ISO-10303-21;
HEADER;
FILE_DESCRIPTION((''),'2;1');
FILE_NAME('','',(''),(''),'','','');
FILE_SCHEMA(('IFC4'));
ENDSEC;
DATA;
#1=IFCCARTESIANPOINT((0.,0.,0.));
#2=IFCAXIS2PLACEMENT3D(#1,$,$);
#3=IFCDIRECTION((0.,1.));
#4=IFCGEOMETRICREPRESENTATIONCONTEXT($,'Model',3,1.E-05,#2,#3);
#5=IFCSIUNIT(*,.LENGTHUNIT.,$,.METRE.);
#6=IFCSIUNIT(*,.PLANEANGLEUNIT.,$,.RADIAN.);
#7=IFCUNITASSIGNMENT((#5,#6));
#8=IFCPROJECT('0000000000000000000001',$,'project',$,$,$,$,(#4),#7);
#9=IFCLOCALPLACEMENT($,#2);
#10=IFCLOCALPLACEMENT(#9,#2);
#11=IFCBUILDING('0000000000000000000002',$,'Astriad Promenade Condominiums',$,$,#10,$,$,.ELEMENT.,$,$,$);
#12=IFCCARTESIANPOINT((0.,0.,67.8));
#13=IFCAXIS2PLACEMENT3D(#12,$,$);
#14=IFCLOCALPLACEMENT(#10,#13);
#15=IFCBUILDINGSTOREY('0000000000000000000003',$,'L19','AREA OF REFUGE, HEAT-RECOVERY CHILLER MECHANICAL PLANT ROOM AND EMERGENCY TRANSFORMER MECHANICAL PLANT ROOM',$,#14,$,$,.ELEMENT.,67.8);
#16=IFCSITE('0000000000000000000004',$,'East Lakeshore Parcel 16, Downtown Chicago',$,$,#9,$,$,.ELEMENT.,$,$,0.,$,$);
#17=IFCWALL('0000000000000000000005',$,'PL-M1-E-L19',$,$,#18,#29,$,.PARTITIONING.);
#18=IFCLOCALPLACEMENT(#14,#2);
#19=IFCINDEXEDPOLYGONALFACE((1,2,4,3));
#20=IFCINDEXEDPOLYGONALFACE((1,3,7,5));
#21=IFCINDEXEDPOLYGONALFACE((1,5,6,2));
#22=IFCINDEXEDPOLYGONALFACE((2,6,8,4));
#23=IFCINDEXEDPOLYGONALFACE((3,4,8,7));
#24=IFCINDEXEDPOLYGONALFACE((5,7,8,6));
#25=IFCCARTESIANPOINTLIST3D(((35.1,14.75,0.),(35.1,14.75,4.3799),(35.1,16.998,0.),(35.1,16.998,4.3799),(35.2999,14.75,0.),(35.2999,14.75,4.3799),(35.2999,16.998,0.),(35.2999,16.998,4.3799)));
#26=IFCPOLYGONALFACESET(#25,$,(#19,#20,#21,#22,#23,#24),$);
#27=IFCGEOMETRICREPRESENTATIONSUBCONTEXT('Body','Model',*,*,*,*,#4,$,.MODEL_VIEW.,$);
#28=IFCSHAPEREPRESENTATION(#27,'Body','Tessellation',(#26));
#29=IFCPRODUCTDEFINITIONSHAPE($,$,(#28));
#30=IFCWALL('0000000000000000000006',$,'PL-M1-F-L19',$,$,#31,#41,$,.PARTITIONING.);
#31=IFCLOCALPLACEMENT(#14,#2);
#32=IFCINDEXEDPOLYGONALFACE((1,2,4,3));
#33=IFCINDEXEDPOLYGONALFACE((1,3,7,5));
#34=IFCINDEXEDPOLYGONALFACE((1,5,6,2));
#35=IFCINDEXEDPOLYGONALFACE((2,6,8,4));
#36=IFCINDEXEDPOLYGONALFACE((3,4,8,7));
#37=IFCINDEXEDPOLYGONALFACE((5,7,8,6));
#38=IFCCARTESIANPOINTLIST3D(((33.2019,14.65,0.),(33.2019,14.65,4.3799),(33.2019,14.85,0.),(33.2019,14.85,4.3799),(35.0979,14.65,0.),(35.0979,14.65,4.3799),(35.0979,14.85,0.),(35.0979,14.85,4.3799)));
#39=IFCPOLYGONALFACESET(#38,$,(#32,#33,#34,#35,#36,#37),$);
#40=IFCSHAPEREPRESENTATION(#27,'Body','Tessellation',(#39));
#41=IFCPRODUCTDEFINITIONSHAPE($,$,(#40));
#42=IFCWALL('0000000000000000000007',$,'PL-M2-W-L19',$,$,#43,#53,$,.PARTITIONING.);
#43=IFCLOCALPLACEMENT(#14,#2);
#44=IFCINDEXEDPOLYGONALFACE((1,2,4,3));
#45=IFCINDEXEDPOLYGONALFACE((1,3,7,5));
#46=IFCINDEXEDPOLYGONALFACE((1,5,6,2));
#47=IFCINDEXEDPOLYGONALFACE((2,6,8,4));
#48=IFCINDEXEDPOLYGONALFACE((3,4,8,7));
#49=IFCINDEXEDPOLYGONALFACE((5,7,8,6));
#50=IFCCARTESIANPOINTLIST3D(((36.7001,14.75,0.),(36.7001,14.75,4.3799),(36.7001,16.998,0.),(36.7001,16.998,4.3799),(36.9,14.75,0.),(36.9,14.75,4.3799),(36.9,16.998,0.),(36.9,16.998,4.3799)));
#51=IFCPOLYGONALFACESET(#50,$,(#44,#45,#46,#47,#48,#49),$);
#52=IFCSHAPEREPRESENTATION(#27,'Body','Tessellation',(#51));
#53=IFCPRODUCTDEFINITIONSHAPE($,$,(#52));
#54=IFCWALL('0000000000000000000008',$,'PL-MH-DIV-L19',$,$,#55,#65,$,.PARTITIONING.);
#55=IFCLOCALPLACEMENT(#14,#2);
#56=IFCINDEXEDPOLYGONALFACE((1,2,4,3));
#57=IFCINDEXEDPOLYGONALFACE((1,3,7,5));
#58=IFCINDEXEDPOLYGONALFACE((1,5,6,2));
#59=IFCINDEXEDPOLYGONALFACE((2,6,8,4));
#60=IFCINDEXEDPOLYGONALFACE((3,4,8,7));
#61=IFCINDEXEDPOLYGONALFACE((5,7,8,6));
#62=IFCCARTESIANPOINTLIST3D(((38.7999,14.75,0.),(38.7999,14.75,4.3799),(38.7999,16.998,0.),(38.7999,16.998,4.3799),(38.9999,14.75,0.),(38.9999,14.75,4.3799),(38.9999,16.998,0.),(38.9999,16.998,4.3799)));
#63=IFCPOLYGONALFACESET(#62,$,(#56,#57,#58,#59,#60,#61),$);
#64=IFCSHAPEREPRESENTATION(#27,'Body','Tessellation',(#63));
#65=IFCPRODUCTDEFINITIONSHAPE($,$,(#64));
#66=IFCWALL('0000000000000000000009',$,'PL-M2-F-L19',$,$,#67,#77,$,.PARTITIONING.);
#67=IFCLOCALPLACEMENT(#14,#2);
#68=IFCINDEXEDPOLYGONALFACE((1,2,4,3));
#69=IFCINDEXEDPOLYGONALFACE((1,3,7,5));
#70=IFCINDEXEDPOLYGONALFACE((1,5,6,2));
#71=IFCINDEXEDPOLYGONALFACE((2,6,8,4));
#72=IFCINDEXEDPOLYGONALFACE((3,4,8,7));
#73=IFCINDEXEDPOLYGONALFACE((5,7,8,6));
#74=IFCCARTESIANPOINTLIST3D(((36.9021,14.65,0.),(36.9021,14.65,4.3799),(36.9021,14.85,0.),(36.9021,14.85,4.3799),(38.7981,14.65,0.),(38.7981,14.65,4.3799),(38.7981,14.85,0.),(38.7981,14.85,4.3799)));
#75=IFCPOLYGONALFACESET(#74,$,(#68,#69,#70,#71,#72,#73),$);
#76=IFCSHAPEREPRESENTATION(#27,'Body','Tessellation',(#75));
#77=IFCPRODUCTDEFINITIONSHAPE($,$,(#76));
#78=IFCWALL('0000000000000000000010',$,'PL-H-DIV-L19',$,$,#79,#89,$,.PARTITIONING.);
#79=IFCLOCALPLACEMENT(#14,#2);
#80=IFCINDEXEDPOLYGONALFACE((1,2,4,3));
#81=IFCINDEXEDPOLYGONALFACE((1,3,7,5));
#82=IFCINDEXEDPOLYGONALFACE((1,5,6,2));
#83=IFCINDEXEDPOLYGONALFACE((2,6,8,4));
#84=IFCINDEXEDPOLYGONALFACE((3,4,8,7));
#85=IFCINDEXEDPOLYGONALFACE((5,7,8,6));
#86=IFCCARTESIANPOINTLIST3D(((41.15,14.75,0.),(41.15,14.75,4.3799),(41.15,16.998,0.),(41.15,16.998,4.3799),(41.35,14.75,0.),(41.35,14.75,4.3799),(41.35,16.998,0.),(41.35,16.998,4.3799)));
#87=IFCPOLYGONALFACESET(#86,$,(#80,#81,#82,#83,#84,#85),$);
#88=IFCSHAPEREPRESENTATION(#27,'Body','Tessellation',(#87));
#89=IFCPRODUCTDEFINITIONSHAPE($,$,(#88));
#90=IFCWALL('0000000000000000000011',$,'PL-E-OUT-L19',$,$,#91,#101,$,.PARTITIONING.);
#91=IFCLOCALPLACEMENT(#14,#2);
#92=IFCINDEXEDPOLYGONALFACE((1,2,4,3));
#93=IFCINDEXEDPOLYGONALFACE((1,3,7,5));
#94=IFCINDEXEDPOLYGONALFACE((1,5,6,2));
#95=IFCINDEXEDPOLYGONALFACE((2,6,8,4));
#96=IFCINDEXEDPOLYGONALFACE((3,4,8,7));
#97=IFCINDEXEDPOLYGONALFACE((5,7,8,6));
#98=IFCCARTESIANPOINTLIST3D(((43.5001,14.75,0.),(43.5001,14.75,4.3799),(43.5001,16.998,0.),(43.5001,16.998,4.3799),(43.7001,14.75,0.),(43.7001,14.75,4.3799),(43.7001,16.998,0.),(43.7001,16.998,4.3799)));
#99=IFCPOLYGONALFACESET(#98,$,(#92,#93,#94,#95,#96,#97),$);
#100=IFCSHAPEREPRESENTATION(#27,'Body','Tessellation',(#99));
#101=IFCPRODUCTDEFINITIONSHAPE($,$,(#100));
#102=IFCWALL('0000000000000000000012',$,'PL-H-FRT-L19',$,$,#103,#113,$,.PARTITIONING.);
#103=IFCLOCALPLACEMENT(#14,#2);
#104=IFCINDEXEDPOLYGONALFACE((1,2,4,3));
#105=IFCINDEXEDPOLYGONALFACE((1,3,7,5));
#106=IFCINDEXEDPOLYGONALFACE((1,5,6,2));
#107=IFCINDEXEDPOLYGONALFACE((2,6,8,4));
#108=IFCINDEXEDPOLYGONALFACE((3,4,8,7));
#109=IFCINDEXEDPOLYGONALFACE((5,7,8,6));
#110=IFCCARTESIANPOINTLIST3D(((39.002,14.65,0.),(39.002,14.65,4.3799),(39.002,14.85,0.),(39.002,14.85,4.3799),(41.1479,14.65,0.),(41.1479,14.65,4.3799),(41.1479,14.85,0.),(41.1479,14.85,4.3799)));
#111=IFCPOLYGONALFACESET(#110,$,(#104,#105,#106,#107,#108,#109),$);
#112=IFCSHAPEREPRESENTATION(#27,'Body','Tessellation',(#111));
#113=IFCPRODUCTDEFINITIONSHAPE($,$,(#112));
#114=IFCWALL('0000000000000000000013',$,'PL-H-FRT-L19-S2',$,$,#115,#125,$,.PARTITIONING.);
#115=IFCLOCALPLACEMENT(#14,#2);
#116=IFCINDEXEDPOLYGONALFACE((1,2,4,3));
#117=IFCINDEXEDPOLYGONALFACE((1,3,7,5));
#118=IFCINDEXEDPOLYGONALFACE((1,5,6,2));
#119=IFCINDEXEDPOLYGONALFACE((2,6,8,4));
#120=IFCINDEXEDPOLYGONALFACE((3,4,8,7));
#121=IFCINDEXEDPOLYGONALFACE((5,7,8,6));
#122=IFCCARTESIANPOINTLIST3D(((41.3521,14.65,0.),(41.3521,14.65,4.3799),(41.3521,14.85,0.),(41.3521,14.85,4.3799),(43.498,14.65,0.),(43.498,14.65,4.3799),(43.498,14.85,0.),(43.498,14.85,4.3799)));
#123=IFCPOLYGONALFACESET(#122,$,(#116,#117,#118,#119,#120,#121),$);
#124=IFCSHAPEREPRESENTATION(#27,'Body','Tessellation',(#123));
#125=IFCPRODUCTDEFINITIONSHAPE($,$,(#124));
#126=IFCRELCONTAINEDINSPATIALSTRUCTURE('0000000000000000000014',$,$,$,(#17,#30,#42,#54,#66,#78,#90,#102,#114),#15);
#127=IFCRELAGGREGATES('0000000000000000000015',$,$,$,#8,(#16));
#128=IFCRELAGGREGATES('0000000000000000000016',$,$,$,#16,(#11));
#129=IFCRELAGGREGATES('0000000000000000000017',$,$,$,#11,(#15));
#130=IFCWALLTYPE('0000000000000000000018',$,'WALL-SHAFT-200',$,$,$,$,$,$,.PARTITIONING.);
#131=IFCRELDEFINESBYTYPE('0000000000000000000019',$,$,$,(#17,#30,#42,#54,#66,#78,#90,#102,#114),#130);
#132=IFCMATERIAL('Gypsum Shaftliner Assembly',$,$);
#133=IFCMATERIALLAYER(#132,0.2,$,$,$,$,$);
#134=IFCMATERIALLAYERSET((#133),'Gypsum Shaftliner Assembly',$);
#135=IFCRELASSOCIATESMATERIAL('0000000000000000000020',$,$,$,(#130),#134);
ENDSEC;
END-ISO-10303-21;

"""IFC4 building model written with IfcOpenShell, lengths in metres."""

from ifc_helpers import new_model, si_unit, direction, frame, frame_2d, origin, place, context, subcontext, project, spatial, rectangle, extrude, material, layer, layer_set, type_object, element, save


model = new_model("IFC4")

# Units and contexts
model_context = context("Model", 3, precision=1e-05, world=origin(), true_north=direction((0.0, 1.0)))
body_context = subcontext(model_context, "Body", "Model", "MODEL_VIEW")
ifc_project = project(units=[si_unit("LENGTHUNIT", "METRE"), si_unit("PLANEANGLEUNIT", "RADIAN")], contexts=[model_context])

# Site, building, storey
site_placement = place(None, origin())
site = spatial("IfcSite", under=ifc_project, at=site_placement, Name="East Lakeshore Parcel 16, Downtown Chicago", CompositionType="ELEMENT", RefElevation=0.0)
building_placement = place(site_placement, origin())
building = spatial("IfcBuilding", under=site, at=building_placement, Name="Astriad Promenade Condominiums", CompositionType="ELEMENT")
storey_placement = place(building_placement, frame((0.0, 0.0, 67.8)))
storey = spatial("IfcBuildingStorey", under=building, at=storey_placement, Name="L19", Description="AREA OF REFUGE, HEAT-RECOVERY CHILLER MECHANICAL PLANT ROOM AND EMERGENCY TRANSFORMER MECHANICAL PLANT ROOM", CompositionType="ELEMENT", Elevation=67.8)

# Walls
ifc_material_1 = material(Name="Gypsum Shaftliner Assembly")
ifc_layer_1 = layer(ifc_material_1, 0.2)
ifc_layer_set_1 = layer_set([ifc_layer_1], Name="Gypsum Shaftliner Assembly")
wall_type_1 = type_object("IfcWallType", Name="WALL-SHAFT-200", PredefinedType="PARTITIONING", material=ifc_layer_set_1)
wall_1_placement = place(storey_placement, frame((35.2, 14.75, 0.0), z_axis=(0.0, 0.0, 1.0), x_axis=(0.0, 1.0, 0.0)))
element("IfcWall", 1, at=wall_1_placement, inside=storey, type_object=wall_type_1, Name="PL-M1-E-L19", PredefinedType="PARTITIONING", context=body_context, shape_type="SweptSolid", body=[
    extrude(rectangle(XDim=2.248, YDim=0.2, at=frame_2d((1.124, 0.0))), origin(), (0.0, 0.0, 1.0), 4.3799),
])
wall_2_placement = place(storey_placement, frame((33.2019, 14.75, 0.0), z_axis=(0.0, 0.0, 1.0), x_axis=(1.0, 0.0, 0.0)))
element("IfcWall", 2, at=wall_2_placement, inside=storey, type_object=wall_type_1, Name="PL-M1-F-L19", PredefinedType="PARTITIONING", context=body_context, shape_type="SweptSolid", body=[
    extrude(rectangle(XDim=1.896, YDim=0.2, at=frame_2d((0.948, 0.0))), origin(), (0.0, 0.0, 1.0), 4.3799),
])
for number, where, z_axis, x_axis, name in (
    (3, (36.8, 14.75, 0.0), (0.0, 0.0, 1.0), (0.0, 1.0, 0.0), "PL-M2-W-L19"),
    (4, (38.8999, 14.75, 0.0), (0.0, 0.0, 1.0), (0.0, 1.0, 0.0), "PL-MH-DIV-L19"),
):
    element("IfcWall", number, at=place(storey_placement, frame(where, z_axis=z_axis, x_axis=x_axis)), inside=storey, type_object=wall_type_1, Name=name, PredefinedType="PARTITIONING", context=body_context, shape_type="SweptSolid", body=[
        extrude(rectangle(XDim=2.248, YDim=0.2, at=frame_2d((1.124, 0.0))), origin(), (0.0, 0.0, 1.0), 4.3799),
    ])
wall_3_placement = place(storey_placement, frame((36.9021, 14.75, 0.0), z_axis=(0.0, 0.0, 1.0), x_axis=(1.0, 0.0, 0.0)))
element("IfcWall", 5, at=wall_3_placement, inside=storey, type_object=wall_type_1, Name="PL-M2-F-L19", PredefinedType="PARTITIONING", context=body_context, shape_type="SweptSolid", body=[
    extrude(rectangle(XDim=1.896, YDim=0.2, at=frame_2d((0.948, 0.0))), origin(), (0.0, 0.0, 1.0), 4.3799),
])
for number, where, z_axis, x_axis, name in (
    (6, (41.25, 14.75, 0.0), (0.0, 0.0, 1.0), (0.0, 1.0, 0.0), "PL-H-DIV-L19"),
    (7, (43.6001, 14.75, 0.0), (0.0, 0.0, 1.0), (0.0, 1.0, 0.0), "PL-E-OUT-L19"),
):
    element("IfcWall", number, at=place(storey_placement, frame(where, z_axis=z_axis, x_axis=x_axis)), inside=storey, type_object=wall_type_1, Name=name, PredefinedType="PARTITIONING", context=body_context, shape_type="SweptSolid", body=[
        extrude(rectangle(XDim=2.248, YDim=0.2, at=frame_2d((1.124, 0.0))), origin(), (0.0, 0.0, 1.0), 4.3799),
    ])
for number, where, z_axis, x_axis, name in (
    (8, (39.002, 14.75, 0.0), (0.0, 0.0, 1.0), (1.0, 0.0, 0.0), "PL-H-FRT-L19"),
    (9, (41.3521, 14.75, 0.0), (0.0, 0.0, 1.0), (1.0, 0.0, 0.0), "PL-H-FRT-L19-S2"),
):
    element("IfcWall", number, at=place(storey_placement, frame(where, z_axis=z_axis, x_axis=x_axis)), inside=storey, type_object=wall_type_1, Name=name, PredefinedType="PARTITIONING", context=body_context, shape_type="SweptSolid", body=[
        extrude(rectangle(XDim=2.146, YDim=0.2, at=frame_2d((1.073, 0.0))), origin(), (0.0, 0.0, 1.0), 4.3799),
    ])

save(model, "model.ifc")
